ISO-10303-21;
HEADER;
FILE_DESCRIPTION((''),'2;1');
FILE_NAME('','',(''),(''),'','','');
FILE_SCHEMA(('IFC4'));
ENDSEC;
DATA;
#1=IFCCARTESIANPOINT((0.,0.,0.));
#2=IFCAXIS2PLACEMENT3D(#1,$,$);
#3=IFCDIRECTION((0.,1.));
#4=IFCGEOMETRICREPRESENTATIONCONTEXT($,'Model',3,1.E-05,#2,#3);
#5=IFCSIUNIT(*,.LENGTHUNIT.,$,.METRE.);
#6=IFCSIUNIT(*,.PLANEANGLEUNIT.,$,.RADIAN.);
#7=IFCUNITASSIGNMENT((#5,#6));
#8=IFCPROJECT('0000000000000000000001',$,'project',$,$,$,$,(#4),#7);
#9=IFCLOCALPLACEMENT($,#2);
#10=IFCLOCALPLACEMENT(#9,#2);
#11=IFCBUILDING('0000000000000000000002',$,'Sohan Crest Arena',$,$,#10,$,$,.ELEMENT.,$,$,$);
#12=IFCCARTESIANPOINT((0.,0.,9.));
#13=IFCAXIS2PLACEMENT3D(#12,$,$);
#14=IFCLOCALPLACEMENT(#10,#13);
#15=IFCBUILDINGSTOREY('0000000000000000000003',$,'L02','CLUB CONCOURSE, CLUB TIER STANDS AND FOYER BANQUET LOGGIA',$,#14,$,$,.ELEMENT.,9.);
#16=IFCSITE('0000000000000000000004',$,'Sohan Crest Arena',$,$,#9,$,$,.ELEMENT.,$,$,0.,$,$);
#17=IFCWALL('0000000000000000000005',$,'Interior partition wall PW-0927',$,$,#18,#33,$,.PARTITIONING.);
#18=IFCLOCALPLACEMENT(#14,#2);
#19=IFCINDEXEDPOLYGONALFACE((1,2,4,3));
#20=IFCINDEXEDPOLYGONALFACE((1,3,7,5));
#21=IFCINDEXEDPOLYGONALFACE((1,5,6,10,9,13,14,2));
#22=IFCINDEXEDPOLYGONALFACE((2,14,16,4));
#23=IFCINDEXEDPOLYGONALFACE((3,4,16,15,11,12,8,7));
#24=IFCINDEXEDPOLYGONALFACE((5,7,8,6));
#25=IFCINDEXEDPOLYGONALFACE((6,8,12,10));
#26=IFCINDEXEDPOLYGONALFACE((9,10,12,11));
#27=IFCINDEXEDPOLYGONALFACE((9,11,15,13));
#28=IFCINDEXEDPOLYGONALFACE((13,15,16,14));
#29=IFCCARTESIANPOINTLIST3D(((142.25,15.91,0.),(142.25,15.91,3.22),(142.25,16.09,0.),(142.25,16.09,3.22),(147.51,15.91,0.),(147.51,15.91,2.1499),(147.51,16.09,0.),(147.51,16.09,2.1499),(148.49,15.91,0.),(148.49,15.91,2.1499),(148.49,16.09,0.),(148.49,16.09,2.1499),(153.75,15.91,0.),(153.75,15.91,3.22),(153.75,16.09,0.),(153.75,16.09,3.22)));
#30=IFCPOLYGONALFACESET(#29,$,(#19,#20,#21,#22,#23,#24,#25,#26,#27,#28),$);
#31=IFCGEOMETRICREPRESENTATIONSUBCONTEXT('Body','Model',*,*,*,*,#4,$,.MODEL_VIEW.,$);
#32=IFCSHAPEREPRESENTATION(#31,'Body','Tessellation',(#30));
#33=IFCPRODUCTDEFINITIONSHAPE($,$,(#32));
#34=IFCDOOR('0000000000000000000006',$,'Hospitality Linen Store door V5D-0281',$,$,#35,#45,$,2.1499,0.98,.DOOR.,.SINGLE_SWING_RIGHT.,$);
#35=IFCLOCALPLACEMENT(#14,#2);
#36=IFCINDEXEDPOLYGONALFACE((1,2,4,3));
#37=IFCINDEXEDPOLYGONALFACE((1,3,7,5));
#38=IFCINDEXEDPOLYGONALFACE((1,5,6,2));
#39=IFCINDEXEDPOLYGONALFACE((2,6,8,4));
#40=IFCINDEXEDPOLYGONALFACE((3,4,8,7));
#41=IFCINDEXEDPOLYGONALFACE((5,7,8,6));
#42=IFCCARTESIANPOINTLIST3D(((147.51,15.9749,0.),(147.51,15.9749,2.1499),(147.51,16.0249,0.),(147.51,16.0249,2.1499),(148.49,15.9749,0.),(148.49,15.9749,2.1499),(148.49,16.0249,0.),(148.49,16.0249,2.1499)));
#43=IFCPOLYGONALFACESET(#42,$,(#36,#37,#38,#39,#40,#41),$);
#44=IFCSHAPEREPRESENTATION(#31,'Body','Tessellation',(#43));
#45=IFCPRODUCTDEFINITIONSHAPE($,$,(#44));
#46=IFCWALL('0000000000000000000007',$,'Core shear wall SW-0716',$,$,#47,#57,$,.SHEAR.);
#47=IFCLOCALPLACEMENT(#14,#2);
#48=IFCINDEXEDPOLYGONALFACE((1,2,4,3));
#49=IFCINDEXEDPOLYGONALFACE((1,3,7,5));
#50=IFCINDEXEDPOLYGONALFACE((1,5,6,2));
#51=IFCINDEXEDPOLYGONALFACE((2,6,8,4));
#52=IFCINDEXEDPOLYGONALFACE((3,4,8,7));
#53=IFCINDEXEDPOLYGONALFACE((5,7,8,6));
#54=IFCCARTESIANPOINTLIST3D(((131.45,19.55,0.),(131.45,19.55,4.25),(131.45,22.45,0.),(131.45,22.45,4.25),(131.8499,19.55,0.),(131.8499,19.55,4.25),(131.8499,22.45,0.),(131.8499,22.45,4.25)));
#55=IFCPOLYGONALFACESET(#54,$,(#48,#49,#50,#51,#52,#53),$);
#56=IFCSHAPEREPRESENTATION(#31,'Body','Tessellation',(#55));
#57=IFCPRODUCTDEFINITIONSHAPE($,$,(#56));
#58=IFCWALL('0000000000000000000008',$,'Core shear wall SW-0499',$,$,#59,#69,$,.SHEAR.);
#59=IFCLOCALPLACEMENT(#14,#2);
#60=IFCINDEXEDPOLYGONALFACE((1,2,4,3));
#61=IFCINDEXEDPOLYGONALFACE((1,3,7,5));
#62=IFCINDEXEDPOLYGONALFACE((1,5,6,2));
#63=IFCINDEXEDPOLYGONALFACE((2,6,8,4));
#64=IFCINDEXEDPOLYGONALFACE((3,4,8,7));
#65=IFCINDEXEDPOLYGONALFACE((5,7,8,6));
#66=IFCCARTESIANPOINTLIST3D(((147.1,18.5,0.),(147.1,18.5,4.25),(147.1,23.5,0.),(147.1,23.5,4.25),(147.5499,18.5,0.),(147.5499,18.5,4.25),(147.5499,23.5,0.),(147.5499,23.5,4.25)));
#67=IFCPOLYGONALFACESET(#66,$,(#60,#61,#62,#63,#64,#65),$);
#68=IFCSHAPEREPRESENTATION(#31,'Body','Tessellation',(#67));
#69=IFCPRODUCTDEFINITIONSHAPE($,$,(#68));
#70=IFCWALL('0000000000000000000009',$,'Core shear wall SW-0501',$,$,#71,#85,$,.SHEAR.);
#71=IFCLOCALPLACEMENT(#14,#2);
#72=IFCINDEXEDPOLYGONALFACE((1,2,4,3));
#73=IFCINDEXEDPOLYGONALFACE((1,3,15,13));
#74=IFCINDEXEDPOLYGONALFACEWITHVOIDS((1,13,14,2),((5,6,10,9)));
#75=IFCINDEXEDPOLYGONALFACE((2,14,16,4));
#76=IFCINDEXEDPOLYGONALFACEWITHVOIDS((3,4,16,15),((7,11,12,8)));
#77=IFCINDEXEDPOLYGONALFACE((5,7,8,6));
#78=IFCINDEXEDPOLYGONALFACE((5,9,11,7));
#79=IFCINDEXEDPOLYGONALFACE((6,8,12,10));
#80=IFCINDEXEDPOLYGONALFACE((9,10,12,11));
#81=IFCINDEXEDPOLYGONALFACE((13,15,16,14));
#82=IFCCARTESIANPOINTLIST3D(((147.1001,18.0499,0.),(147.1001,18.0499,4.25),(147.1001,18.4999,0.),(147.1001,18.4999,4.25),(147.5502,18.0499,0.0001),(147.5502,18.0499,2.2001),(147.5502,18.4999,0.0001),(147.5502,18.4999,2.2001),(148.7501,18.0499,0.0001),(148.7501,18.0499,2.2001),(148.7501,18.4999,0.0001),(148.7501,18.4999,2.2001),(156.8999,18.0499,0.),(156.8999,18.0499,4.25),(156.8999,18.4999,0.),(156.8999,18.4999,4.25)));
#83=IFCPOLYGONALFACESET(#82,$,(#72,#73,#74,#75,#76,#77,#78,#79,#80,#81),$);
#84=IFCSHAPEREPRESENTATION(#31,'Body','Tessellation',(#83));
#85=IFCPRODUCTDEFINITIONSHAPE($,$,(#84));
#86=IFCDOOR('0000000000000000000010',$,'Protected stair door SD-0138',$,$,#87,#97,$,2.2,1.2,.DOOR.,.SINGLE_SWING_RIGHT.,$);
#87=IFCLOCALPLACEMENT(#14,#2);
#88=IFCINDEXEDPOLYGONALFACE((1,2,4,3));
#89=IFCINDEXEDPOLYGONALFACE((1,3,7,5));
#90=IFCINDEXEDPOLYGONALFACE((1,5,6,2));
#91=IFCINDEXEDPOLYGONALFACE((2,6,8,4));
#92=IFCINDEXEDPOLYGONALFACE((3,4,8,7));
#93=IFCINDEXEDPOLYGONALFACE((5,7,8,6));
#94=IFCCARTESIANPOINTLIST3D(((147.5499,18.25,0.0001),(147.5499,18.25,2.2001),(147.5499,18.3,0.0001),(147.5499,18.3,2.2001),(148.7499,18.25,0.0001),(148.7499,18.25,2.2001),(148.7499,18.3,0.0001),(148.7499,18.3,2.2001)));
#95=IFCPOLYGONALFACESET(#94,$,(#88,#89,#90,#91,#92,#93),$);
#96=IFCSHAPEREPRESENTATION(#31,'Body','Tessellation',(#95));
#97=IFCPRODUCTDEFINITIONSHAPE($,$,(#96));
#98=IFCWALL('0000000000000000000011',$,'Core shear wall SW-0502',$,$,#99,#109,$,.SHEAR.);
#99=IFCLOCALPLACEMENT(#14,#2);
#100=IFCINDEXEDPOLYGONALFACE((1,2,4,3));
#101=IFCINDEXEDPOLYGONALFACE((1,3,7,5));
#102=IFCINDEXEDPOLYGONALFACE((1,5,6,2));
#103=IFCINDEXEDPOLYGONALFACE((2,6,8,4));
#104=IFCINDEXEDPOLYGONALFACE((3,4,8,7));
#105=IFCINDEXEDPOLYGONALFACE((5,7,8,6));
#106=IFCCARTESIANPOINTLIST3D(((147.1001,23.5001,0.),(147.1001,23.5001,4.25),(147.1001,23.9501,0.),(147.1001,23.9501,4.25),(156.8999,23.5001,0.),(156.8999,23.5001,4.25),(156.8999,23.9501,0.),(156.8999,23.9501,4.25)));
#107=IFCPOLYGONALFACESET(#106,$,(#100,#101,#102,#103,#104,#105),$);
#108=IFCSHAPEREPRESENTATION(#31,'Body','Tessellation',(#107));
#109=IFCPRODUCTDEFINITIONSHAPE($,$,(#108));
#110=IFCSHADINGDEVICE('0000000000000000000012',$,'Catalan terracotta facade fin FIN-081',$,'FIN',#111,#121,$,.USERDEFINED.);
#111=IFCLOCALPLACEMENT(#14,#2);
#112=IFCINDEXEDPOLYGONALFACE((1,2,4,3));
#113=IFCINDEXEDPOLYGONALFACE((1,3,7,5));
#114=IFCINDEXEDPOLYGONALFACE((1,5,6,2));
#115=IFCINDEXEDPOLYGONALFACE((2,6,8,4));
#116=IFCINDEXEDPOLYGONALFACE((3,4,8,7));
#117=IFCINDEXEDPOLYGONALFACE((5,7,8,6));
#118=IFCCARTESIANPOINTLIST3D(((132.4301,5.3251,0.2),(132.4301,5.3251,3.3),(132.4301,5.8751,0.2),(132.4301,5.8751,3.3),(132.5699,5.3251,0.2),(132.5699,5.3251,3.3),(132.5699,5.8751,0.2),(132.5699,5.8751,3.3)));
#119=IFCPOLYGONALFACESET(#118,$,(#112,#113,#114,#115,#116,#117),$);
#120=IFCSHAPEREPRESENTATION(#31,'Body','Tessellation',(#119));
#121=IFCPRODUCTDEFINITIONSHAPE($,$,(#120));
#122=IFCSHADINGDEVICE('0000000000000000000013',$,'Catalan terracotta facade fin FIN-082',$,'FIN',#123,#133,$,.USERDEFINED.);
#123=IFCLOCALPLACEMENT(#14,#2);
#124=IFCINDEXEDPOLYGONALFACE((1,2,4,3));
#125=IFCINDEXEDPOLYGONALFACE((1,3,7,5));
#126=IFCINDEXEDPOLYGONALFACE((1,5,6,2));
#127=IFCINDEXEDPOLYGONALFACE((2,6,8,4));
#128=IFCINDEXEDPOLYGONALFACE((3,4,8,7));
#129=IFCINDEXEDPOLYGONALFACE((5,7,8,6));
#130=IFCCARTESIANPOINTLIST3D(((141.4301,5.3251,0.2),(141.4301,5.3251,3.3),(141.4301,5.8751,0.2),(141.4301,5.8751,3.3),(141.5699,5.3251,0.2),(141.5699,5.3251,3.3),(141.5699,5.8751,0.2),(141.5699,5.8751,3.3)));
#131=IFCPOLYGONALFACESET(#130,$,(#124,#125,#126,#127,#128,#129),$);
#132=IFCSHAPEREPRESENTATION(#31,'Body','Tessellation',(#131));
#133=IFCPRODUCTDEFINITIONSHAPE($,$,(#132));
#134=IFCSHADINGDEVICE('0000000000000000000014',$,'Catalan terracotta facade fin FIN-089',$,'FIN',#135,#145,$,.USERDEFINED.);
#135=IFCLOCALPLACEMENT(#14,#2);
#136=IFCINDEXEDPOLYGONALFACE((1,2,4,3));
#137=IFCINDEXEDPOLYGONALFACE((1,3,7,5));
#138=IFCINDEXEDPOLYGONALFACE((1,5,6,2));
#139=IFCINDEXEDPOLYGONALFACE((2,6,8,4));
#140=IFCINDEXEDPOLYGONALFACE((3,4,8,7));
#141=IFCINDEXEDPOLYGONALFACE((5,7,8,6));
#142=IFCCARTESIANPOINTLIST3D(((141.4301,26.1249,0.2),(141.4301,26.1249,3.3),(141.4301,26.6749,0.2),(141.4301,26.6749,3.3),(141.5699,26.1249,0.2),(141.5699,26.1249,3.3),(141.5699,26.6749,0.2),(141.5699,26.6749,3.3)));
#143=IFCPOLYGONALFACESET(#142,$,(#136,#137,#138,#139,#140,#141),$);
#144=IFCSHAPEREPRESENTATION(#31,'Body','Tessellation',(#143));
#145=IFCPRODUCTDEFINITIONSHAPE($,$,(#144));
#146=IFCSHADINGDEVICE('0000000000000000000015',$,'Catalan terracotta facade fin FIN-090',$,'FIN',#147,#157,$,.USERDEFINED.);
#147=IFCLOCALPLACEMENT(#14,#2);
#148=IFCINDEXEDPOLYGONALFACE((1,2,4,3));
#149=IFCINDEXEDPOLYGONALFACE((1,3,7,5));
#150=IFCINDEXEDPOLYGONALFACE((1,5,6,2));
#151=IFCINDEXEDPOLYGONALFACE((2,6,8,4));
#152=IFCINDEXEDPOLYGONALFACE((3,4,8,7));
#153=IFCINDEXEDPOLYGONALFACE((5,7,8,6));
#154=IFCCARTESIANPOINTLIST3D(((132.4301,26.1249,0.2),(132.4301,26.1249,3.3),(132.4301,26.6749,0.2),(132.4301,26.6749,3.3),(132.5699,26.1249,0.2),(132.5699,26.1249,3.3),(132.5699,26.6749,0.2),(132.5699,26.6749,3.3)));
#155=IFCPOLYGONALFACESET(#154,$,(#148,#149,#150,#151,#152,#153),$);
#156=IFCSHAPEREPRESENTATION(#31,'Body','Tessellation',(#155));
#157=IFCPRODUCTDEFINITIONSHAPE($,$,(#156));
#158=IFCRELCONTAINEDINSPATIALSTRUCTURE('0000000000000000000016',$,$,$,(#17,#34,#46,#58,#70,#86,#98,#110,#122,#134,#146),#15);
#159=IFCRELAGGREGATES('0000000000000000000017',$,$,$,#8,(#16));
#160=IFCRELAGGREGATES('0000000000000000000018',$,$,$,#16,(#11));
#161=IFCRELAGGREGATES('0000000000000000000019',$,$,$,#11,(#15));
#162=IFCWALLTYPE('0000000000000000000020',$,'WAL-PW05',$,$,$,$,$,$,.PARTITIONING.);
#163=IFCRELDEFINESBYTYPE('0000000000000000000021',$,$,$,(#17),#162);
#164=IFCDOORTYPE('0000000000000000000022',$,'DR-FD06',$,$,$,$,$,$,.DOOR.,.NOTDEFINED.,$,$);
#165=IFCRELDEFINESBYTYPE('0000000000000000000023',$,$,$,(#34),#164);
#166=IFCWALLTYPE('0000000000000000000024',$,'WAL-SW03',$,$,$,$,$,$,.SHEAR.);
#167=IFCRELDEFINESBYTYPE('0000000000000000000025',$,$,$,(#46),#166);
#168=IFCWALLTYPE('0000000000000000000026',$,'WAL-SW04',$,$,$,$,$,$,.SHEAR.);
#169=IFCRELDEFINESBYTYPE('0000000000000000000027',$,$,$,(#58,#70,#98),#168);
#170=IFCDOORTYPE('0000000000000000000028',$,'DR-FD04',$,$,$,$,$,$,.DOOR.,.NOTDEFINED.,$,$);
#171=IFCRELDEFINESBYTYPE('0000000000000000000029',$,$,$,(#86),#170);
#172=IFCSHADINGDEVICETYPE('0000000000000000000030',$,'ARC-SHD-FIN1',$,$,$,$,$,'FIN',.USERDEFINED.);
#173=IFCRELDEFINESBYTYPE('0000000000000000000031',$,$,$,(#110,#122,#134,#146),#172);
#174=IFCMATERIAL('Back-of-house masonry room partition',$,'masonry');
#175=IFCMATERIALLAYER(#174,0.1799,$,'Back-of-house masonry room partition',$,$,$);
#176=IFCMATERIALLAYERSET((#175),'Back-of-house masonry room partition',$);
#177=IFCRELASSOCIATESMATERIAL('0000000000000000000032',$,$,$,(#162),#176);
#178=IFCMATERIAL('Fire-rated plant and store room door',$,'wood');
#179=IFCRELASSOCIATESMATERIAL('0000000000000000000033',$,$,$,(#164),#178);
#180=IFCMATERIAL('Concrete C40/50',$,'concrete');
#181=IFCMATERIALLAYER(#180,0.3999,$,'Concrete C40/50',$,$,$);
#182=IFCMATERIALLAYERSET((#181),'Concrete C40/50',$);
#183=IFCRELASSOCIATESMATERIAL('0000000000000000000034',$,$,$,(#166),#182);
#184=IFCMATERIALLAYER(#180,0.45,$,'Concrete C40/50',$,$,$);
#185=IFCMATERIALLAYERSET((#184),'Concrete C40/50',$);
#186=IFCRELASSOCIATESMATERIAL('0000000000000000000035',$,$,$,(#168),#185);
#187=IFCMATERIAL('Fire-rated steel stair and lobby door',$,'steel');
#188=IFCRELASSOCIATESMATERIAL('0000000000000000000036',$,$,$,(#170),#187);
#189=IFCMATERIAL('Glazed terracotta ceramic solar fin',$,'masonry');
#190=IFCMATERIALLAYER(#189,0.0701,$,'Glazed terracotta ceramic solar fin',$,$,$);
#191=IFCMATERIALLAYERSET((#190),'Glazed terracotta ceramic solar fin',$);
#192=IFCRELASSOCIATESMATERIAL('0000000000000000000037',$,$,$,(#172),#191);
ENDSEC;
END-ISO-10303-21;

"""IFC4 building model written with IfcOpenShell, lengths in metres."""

from ifc_helpers import new_model, si_unit, direction, frame, frame_2d, origin, origin_2d, place, context, subcontext, project, spatial, rectangle, extrude, material, layer, layer_set, type_object, element, fill, save


model = new_model("IFC4")

# Units and contexts
model_context = context("Model", 3, precision=1e-05, world=origin(), true_north=direction((0.0, 1.0)))
body_context = subcontext(model_context, "Body", "Model", "MODEL_VIEW")
ifc_project = project(units=[si_unit("LENGTHUNIT", "METRE"), si_unit("PLANEANGLEUNIT", "RADIAN")], contexts=[model_context])

# Site, building, storey
site_placement = place(None, origin())
site = spatial("IfcSite", under=ifc_project, at=site_placement, Name="Sohan Crest Arena", CompositionType="ELEMENT", RefElevation=0.0)
building_placement = place(site_placement, origin())
building = spatial("IfcBuilding", under=site, at=building_placement, Name="Sohan Crest Arena", CompositionType="ELEMENT")
storey_placement = place(building_placement, frame((0.0, 0.0, 9.0)))
storey = spatial("IfcBuildingStorey", under=building, at=storey_placement, Name="L02", Description="CLUB CONCOURSE, CLUB TIER STANDS AND FOYER BANQUET LOGGIA", CompositionType="ELEMENT", Elevation=9.0)

# Shared definitions
ifc_material_1 = material(Name="Back-of-house masonry room partition", Category="masonry")
ifc_layer_1 = layer(ifc_material_1, 0.1799, Name="Back-of-house masonry room partition")
ifc_layer_set_1 = layer_set([ifc_layer_1], Name="Back-of-house masonry room partition")
wall_type_1 = type_object("IfcWallType", Name="WAL-PW05", PredefinedType="PARTITIONING", material=ifc_layer_set_1)

# Wall, opening, door
wall_1_placement = place(storey_placement, frame((142.25, 16.0, 0.0), z_axis=(0.0, 0.0, 1.0), x_axis=(1.0, 0.0, 0.0)))
wall_1 = element("IfcWall", 1, at=wall_1_placement, inside=storey, type_object=wall_type_1, Name="Interior partition wall PW-0927", PredefinedType="PARTITIONING", context=body_context, shape_type="SweptSolid", body=[
    extrude(rectangle(XDim=11.5, YDim=0.1799, at=frame_2d((5.75, 0.0))), origin(), (0.0, 0.0, 1.0), 3.22),
])
opening_1_placement = place(wall_1_placement, frame((5.26, 0.0, 0.0)))
opening_1 = element("IfcOpeningElement", 2, at=opening_1_placement, cuts=wall_1, PredefinedType="OPENING", context=body_context, shape_type="SweptSolid", body=[
    extrude(rectangle(XDim=0.98, YDim=2.1499, at=frame_2d((0.49, 1.075))), frame((0.0, 0.0999, 0.0), z_axis=(0.0, -1.0, 0.0), x_axis=(1.0, 0.0, 0.0)), (0.0, 0.0, 1.0), 0.2),
])
ifc_material_2 = material(Name="Fire-rated plant and store room door", Category="wood")
door_type_1 = type_object("IfcDoorType", Name="DR-FD06", OperationType="NOTDEFINED", PredefinedType="DOOR", material=ifc_material_2)
door_1_placement = place(opening_1_placement, origin())
door_1 = element("IfcDoor", 3, at=door_1_placement, inside=storey, type_object=door_type_1, Name="Hospitality Linen Store door V5D-0281", OperationType="SINGLE_SWING_RIGHT", OverallHeight=2.1499, OverallWidth=0.98, PredefinedType="DOOR", context=body_context, shape_type="SweptSolid", body=[
    extrude(rectangle(XDim=0.98, YDim=2.1499, at=frame_2d((0.49, 1.075))), frame((0.0, 0.0249, 0.0), z_axis=(0.0, -1.0, 0.0), x_axis=(1.0, 0.0, 0.0)), (0.0, 0.0, 1.0), 0.05),
])
fill(opening_1, door_1)

# Walls
ifc_material_3 = material(Name="Concrete C40/50", Category="concrete")
ifc_layer_2 = layer(ifc_material_3, 0.3999, Name="Concrete C40/50")
ifc_layer_set_2 = layer_set([ifc_layer_2], Name="Concrete C40/50")
wall_type_2 = type_object("IfcWallType", Name="WAL-SW03", PredefinedType="SHEAR", material=ifc_layer_set_2)
wall_2_placement = place(storey_placement, frame((131.6499, 19.55, 0.0), z_axis=(0.0, 0.0, 1.0), x_axis=(0.0, 1.0, 0.0)))
element("IfcWall", 4, at=wall_2_placement, inside=storey, type_object=wall_type_2, Name="Core shear wall SW-0716", PredefinedType="SHEAR", context=body_context, shape_type="SweptSolid", body=[
    extrude(rectangle(XDim=2.8999, YDim=0.3999, at=frame_2d((1.45, 0.0))), origin(), (0.0, 0.0, 1.0), 4.25),
])
ifc_layer_3 = layer(ifc_material_3, 0.45, Name="Concrete C40/50")
ifc_layer_set_3 = layer_set([ifc_layer_3], Name="Concrete C40/50")
wall_type_3 = type_object("IfcWallType", Name="WAL-SW04", PredefinedType="SHEAR", material=ifc_layer_set_3)
wall_3_placement = place(storey_placement, frame((147.325, 18.5, 0.0), z_axis=(0.0, 0.0, 1.0), x_axis=(0.0, 1.0, 0.0)))
element("IfcWall", 5, at=wall_3_placement, inside=storey, type_object=wall_type_3, Name="Core shear wall SW-0499", PredefinedType="SHEAR", context=body_context, shape_type="SweptSolid", body=[
    extrude(rectangle(XDim=5.0, YDim=0.45, at=frame_2d((2.5, 0.0))), origin(), (0.0, 0.0, 1.0), 4.25),
])

# Wall, opening, door
wall_4_placement = place(storey_placement, frame((147.1001, 18.2749, 0.0), z_axis=(0.0, 0.0, 1.0), x_axis=(1.0, 0.0, 0.0)))
wall_4 = element("IfcWall", 6, at=wall_4_placement, inside=storey, type_object=wall_type_3, Name="Core shear wall SW-0501", PredefinedType="SHEAR", context=body_context, shape_type="SweptSolid", body=[
    extrude(rectangle(XDim=9.7998, YDim=0.45, at=frame_2d((4.8999, 0.0))), origin(), (0.0, 0.0, 1.0), 4.25),
])
opening_2_placement = place(wall_4_placement, frame((0.45, 0.0, 0.0)))
opening_2 = element("IfcOpeningElement", 7, at=opening_2_placement, cuts=wall_4, PredefinedType="OPENING", context=body_context, shape_type="SweptSolid", body=[
    extrude(rectangle(XDim=1.2, YDim=2.2, at=frame_2d((0.6001, 1.1001))), frame((0.0, 0.2349, 0.0), z_axis=(0.0, -1.0, 0.0), x_axis=(1.0, 0.0, 0.0)), (0.0, 0.0, 1.0), 0.47),
])
ifc_material_4 = material(Name="Fire-rated steel stair and lobby door", Category="steel")
door_type_2 = type_object("IfcDoorType", Name="DR-FD04", OperationType="NOTDEFINED", PredefinedType="DOOR", material=ifc_material_4)
door_2_placement = place(opening_2_placement, frame((1.2, 0.0, 0.0), z_axis=(0.0, 0.0, 1.0), x_axis=(-1.0, 0.0, 0.0)))
door_2 = element("IfcDoor", 8, at=door_2_placement, inside=storey, type_object=door_type_2, Name="Protected stair door SD-0138", OperationType="SINGLE_SWING_RIGHT", OverallHeight=2.2, OverallWidth=1.2, PredefinedType="DOOR", context=body_context, shape_type="SweptSolid", body=[
    extrude(rectangle(XDim=1.2, YDim=2.2, at=frame_2d((0.6001, 1.1001))), frame((0.0, 0.0249, 0.0), z_axis=(0.0, -1.0, 0.0), x_axis=(1.0, 0.0, 0.0)), (0.0, 0.0, 1.0), 0.05),
])
fill(opening_2, door_2)

# Wall
wall_5_placement = place(storey_placement, frame((147.1001, 23.7251, 0.0), z_axis=(0.0, 0.0, 1.0), x_axis=(1.0, 0.0, 0.0)))
element("IfcWall", 9, at=wall_5_placement, inside=storey, type_object=wall_type_3, Name="Core shear wall SW-0502", PredefinedType="SHEAR", context=body_context, shape_type="SweptSolid", body=[
    extrude(rectangle(XDim=9.7998, YDim=0.45, at=frame_2d((4.8999, 0.0))), origin(), (0.0, 0.0, 1.0), 4.25),
])

# Shading devices
ifc_material_5 = material(Name="Glazed terracotta ceramic solar fin", Category="masonry")
ifc_layer_4 = layer(ifc_material_5, 0.0701, Name="Glazed terracotta ceramic solar fin")
ifc_layer_set_4 = layer_set([ifc_layer_4], Name="Glazed terracotta ceramic solar fin")
shading_device_type = type_object("IfcShadingDeviceType", Name="ARC-SHD-FIN1", ElementType="FIN", PredefinedType="USERDEFINED", material=ifc_layer_set_4)
for number, where, z_axis, x_axis, name in (
    (10, (132.5, 5.6001, 0.2), (0.0, 0.0, 1.0), (1.0, 0.0, 0.0), "Catalan terracotta facade fin FIN-081"),
    (11, (141.5, 5.6001, 0.2), (0.0, 0.0, 1.0), (1.0, 0.0, 0.0), "Catalan terracotta facade fin FIN-082"),
    (12, (141.5, 26.3999, 0.2), (0.0, 0.0, 1.0), (-1.0, 0.0, 0.0), "Catalan terracotta facade fin FIN-089"),
    (13, (132.5, 26.3999, 0.2), (0.0, 0.0, 1.0), (-1.0, 0.0, 0.0), "Catalan terracotta facade fin FIN-090"),
):
    element("IfcShadingDevice", number, at=place(storey_placement, frame(where, z_axis=z_axis, x_axis=x_axis)), inside=storey, type_object=shading_device_type, Name=name, ObjectType="FIN", PredefinedType="USERDEFINED", context=body_context, shape_type="SweptSolid", body=[
        extrude(rectangle(XDim=0.1399, YDim=0.55, at=origin_2d()), origin(), (0.0, 0.0, 1.0), 3.1001),
    ])

save(model, "model.ifc")
